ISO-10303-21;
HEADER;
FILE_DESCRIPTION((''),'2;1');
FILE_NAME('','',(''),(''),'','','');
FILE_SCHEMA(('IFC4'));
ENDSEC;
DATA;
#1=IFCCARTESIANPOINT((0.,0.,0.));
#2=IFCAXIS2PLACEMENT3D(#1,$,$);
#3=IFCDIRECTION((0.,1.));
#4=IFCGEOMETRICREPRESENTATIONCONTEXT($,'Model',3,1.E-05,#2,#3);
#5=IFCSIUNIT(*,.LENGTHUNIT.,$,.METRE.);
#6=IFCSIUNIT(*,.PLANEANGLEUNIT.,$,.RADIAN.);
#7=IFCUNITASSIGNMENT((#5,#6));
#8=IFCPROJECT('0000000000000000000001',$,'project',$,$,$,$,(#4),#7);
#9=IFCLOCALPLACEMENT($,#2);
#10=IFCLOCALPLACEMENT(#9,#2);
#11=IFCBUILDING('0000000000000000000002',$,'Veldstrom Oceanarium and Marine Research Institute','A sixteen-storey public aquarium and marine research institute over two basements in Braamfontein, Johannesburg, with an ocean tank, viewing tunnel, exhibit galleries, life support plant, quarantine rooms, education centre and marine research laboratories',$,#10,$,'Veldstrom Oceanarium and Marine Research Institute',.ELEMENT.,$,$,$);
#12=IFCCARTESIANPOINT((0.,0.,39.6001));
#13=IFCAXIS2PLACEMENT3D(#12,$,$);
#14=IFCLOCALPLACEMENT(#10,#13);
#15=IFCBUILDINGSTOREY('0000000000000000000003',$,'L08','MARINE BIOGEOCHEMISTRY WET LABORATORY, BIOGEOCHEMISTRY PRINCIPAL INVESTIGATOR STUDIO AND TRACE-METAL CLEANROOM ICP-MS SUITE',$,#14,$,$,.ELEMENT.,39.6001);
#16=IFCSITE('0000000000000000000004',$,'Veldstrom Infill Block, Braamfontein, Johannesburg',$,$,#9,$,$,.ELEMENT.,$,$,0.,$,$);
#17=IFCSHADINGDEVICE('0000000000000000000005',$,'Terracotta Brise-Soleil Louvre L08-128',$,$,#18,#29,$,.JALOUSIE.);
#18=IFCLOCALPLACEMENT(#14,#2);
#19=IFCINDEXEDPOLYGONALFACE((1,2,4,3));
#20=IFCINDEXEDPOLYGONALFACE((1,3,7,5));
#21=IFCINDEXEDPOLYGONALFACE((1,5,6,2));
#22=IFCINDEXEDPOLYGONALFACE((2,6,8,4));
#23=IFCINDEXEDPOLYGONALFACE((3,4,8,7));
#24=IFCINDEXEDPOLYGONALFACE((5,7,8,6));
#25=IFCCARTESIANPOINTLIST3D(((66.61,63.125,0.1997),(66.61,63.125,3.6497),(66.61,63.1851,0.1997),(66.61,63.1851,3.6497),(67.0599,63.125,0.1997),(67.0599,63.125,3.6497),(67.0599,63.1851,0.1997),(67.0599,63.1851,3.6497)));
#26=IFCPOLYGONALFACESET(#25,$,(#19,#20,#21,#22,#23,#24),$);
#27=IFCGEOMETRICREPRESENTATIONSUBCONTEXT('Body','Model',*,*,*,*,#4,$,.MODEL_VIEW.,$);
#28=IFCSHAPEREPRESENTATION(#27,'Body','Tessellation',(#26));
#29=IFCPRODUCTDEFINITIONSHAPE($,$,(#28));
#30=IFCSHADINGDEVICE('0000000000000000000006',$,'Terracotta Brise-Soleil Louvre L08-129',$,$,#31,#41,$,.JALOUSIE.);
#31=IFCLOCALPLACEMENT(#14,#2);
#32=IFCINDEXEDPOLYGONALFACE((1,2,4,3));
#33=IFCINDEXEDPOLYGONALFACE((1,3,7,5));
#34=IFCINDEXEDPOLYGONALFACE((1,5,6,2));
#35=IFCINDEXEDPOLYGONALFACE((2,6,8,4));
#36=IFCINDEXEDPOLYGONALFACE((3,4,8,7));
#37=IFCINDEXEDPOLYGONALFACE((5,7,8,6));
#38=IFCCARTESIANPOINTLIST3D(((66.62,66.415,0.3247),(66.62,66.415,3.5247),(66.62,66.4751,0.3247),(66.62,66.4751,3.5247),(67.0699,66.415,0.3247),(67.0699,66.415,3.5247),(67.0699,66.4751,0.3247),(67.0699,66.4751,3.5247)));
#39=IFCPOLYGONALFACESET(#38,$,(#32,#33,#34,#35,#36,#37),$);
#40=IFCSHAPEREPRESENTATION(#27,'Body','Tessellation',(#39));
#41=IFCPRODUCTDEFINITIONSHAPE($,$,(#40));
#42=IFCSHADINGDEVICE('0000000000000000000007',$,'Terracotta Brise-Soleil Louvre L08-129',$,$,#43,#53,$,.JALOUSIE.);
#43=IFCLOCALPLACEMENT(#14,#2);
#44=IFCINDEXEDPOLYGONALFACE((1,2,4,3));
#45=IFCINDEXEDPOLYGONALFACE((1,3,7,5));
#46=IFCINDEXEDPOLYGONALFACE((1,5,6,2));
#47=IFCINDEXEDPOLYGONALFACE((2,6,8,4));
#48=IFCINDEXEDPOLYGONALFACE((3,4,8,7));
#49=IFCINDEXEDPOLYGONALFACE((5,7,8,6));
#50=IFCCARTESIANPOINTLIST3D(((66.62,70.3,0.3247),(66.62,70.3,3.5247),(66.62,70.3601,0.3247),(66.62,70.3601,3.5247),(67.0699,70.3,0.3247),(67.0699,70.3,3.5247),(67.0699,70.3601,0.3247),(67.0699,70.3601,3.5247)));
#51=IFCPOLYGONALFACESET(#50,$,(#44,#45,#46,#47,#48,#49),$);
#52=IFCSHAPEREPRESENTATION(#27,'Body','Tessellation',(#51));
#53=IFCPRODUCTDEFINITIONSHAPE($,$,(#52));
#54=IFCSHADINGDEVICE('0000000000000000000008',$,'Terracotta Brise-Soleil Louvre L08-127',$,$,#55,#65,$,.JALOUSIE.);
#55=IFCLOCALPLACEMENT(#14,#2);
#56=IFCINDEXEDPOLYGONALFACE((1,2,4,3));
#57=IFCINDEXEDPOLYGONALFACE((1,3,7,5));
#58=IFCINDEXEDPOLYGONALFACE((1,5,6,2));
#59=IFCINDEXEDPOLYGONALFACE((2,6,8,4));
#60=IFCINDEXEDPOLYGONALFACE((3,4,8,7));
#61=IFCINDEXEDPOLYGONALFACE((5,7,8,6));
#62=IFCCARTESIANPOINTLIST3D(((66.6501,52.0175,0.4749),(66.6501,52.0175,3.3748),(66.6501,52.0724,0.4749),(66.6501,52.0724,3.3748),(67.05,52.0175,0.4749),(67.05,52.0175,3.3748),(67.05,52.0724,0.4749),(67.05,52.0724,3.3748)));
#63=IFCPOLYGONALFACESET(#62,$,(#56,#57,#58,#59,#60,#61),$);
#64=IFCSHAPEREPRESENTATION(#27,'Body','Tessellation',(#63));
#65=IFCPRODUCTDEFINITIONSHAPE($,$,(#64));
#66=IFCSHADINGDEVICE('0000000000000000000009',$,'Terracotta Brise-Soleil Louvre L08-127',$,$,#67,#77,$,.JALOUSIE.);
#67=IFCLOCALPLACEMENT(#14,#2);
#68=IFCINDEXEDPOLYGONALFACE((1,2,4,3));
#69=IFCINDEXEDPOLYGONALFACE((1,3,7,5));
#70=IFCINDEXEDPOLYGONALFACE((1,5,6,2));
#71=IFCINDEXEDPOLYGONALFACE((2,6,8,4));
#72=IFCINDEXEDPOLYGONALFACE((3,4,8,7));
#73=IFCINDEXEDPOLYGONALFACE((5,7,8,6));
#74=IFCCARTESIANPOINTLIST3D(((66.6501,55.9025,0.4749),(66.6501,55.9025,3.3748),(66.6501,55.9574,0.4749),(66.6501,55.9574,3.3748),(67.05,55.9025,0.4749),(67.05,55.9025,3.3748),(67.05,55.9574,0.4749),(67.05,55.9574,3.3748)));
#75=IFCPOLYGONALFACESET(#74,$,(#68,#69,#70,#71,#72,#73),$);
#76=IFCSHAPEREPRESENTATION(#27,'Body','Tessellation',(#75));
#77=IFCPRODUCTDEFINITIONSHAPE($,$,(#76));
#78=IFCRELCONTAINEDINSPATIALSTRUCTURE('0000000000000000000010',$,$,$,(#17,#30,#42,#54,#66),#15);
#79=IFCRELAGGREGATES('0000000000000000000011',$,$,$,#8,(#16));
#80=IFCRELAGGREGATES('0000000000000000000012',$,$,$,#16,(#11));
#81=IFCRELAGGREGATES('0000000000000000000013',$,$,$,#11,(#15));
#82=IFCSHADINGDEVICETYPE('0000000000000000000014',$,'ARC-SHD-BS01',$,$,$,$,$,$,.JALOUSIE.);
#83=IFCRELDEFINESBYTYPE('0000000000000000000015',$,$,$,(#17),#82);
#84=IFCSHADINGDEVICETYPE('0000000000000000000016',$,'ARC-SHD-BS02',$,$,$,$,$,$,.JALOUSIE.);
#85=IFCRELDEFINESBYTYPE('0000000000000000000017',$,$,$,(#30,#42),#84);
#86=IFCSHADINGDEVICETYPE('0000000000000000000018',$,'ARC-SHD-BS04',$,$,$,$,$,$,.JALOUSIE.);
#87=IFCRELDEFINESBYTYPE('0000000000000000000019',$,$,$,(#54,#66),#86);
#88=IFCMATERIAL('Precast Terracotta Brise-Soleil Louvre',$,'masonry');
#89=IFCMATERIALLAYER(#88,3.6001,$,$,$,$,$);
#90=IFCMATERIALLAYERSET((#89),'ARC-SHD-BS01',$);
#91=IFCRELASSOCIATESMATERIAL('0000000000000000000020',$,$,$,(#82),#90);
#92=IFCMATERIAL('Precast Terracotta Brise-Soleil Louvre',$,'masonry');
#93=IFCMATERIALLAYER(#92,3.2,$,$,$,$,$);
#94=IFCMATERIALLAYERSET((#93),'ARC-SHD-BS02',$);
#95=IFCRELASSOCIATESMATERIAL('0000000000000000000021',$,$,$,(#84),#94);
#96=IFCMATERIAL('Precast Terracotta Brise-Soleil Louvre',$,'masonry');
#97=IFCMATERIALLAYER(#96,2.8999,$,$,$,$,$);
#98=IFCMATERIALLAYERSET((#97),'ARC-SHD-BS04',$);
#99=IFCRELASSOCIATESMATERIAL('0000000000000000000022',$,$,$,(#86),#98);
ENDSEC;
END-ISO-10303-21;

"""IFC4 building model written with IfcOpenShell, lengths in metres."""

from ifc_helpers import new_model, si_unit, direction, frame, origin, origin_2d, place, context, subcontext, project, spatial, rectangle, extrude, material, layer, layer_set, type_object, element, save


model = new_model("IFC4")

# Units and contexts
model_context = context("Model", 3, precision=1e-05, world=origin(), true_north=direction((0.0, 1.0)))
body_context = subcontext(model_context, "Body", "Model", "MODEL_VIEW")
ifc_project = project(units=[si_unit("LENGTHUNIT", "METRE"), si_unit("PLANEANGLEUNIT", "RADIAN")], contexts=[model_context])

# Site, building, storey
site_placement = place(None, origin())
site = spatial("IfcSite", under=ifc_project, at=site_placement, Name="Veldstrom Infill Block, Braamfontein, Johannesburg", CompositionType="ELEMENT", RefElevation=0.0)
building_placement = place(site_placement, origin())
building = spatial("IfcBuilding", under=site, at=building_placement, Name="Veldstrom Oceanarium and Marine Research Institute", Description="A sixteen-storey public aquarium and marine research institute over two basements in Braamfontein, Johannesburg, with an ocean tank, viewing tunnel, exhibit galleries, life support plant, quarantine rooms, education centre and marine research laboratories", LongName="Veldstrom Oceanarium and Marine Research Institute", CompositionType="ELEMENT")
storey_placement = place(building_placement, frame((0.0, 0.0, 39.6001)))
storey = spatial("IfcBuildingStorey", under=building, at=storey_placement, Name="L08", Description="MARINE BIOGEOCHEMISTRY WET LABORATORY, BIOGEOCHEMISTRY PRINCIPAL INVESTIGATOR STUDIO AND TRACE-METAL CLEANROOM ICP-MS SUITE", CompositionType="ELEMENT", Elevation=39.6001)

# Shading devices
ifc_material_1 = material(Name="Precast Terracotta Brise-Soleil Louvre", Category="masonry")
ifc_layer_1 = layer(ifc_material_1, 3.6001)
ifc_layer_set_1 = layer_set([ifc_layer_1], Name="ARC-SHD-BS01")
shading_device_type_1 = type_object("IfcShadingDeviceType", Name="ARC-SHD-BS01", PredefinedType="JALOUSIE", material=ifc_layer_set_1)
for number, where, z_axis, x_axis, name in (
    (1, (66.835, 63.155, 0.1997), (0.0, 0.0, 1.0), (1.0, 0.0, 0.0), "Terracotta Brise-Soleil Louvre L08-128"),
):
    element("IfcShadingDevice", number, at=place(storey_placement, frame(where, z_axis=z_axis, x_axis=x_axis)), inside=storey, type_object=shading_device_type_1, Name=name, PredefinedType="JALOUSIE", context=body_context, shape_type="SweptSolid", body=[
        extrude(rectangle(XDim=0.45, YDim=0.0601, at=origin_2d()), origin(), (0.0, 0.0, 1.0), 3.45),
    ])
ifc_material_2 = material(Name="Precast Terracotta Brise-Soleil Louvre", Category="masonry")
ifc_layer_2 = layer(ifc_material_2, 3.2)
ifc_layer_set_2 = layer_set([ifc_layer_2], Name="ARC-SHD-BS02")
shading_device_type_2 = type_object("IfcShadingDeviceType", Name="ARC-SHD-BS02", PredefinedType="JALOUSIE", material=ifc_layer_set_2)
for number, where, z_axis, x_axis, name in (
    (2, (66.845, 66.4451, 0.3247), (0.0, 0.0, 1.0), (1.0, 0.0, 0.0), "Terracotta Brise-Soleil Louvre L08-129"),
    (3, (66.845, 70.3301, 0.3247), (0.0, 0.0, 1.0), (1.0, 0.0, 0.0), "Terracotta Brise-Soleil Louvre L08-129"),
):
    element("IfcShadingDevice", number, at=place(storey_placement, frame(where, z_axis=z_axis, x_axis=x_axis)), inside=storey, type_object=shading_device_type_2, Name=name, PredefinedType="JALOUSIE", context=body_context, shape_type="SweptSolid", body=[
        extrude(rectangle(XDim=0.45, YDim=0.0601, at=origin_2d()), origin(), (0.0, 0.0, 1.0), 3.2),
    ])
ifc_material_3 = material(Name="Precast Terracotta Brise-Soleil Louvre", Category="masonry")
ifc_layer_3 = layer(ifc_material_3, 2.8999)
ifc_layer_set_3 = layer_set([ifc_layer_3], Name="ARC-SHD-BS04")
shading_device_type_3 = type_object("IfcShadingDeviceType", Name="ARC-SHD-BS04", PredefinedType="JALOUSIE", material=ifc_layer_set_3)
for number, where, z_axis, x_axis, name in (
    (4, (66.8501, 52.0449, 0.4749), (0.0, 0.0, 1.0), (1.0, 0.0, 0.0), "Terracotta Brise-Soleil Louvre L08-127"),
    (5, (66.8501, 55.9299, 0.4749), (0.0, 0.0, 1.0), (1.0, 0.0, 0.0), "Terracotta Brise-Soleil Louvre L08-127"),
):
    element("IfcShadingDevice", number, at=place(storey_placement, frame(where, z_axis=z_axis, x_axis=x_axis)), inside=storey, type_object=shading_device_type_3, Name=name, PredefinedType="JALOUSIE", context=body_context, shape_type="SweptSolid", body=[
        extrude(rectangle(XDim=0.3999, YDim=0.0549, at=origin_2d()), origin(), (0.0, 0.0, 1.0), 2.8999),
    ])

save(model, "model.ifc")
